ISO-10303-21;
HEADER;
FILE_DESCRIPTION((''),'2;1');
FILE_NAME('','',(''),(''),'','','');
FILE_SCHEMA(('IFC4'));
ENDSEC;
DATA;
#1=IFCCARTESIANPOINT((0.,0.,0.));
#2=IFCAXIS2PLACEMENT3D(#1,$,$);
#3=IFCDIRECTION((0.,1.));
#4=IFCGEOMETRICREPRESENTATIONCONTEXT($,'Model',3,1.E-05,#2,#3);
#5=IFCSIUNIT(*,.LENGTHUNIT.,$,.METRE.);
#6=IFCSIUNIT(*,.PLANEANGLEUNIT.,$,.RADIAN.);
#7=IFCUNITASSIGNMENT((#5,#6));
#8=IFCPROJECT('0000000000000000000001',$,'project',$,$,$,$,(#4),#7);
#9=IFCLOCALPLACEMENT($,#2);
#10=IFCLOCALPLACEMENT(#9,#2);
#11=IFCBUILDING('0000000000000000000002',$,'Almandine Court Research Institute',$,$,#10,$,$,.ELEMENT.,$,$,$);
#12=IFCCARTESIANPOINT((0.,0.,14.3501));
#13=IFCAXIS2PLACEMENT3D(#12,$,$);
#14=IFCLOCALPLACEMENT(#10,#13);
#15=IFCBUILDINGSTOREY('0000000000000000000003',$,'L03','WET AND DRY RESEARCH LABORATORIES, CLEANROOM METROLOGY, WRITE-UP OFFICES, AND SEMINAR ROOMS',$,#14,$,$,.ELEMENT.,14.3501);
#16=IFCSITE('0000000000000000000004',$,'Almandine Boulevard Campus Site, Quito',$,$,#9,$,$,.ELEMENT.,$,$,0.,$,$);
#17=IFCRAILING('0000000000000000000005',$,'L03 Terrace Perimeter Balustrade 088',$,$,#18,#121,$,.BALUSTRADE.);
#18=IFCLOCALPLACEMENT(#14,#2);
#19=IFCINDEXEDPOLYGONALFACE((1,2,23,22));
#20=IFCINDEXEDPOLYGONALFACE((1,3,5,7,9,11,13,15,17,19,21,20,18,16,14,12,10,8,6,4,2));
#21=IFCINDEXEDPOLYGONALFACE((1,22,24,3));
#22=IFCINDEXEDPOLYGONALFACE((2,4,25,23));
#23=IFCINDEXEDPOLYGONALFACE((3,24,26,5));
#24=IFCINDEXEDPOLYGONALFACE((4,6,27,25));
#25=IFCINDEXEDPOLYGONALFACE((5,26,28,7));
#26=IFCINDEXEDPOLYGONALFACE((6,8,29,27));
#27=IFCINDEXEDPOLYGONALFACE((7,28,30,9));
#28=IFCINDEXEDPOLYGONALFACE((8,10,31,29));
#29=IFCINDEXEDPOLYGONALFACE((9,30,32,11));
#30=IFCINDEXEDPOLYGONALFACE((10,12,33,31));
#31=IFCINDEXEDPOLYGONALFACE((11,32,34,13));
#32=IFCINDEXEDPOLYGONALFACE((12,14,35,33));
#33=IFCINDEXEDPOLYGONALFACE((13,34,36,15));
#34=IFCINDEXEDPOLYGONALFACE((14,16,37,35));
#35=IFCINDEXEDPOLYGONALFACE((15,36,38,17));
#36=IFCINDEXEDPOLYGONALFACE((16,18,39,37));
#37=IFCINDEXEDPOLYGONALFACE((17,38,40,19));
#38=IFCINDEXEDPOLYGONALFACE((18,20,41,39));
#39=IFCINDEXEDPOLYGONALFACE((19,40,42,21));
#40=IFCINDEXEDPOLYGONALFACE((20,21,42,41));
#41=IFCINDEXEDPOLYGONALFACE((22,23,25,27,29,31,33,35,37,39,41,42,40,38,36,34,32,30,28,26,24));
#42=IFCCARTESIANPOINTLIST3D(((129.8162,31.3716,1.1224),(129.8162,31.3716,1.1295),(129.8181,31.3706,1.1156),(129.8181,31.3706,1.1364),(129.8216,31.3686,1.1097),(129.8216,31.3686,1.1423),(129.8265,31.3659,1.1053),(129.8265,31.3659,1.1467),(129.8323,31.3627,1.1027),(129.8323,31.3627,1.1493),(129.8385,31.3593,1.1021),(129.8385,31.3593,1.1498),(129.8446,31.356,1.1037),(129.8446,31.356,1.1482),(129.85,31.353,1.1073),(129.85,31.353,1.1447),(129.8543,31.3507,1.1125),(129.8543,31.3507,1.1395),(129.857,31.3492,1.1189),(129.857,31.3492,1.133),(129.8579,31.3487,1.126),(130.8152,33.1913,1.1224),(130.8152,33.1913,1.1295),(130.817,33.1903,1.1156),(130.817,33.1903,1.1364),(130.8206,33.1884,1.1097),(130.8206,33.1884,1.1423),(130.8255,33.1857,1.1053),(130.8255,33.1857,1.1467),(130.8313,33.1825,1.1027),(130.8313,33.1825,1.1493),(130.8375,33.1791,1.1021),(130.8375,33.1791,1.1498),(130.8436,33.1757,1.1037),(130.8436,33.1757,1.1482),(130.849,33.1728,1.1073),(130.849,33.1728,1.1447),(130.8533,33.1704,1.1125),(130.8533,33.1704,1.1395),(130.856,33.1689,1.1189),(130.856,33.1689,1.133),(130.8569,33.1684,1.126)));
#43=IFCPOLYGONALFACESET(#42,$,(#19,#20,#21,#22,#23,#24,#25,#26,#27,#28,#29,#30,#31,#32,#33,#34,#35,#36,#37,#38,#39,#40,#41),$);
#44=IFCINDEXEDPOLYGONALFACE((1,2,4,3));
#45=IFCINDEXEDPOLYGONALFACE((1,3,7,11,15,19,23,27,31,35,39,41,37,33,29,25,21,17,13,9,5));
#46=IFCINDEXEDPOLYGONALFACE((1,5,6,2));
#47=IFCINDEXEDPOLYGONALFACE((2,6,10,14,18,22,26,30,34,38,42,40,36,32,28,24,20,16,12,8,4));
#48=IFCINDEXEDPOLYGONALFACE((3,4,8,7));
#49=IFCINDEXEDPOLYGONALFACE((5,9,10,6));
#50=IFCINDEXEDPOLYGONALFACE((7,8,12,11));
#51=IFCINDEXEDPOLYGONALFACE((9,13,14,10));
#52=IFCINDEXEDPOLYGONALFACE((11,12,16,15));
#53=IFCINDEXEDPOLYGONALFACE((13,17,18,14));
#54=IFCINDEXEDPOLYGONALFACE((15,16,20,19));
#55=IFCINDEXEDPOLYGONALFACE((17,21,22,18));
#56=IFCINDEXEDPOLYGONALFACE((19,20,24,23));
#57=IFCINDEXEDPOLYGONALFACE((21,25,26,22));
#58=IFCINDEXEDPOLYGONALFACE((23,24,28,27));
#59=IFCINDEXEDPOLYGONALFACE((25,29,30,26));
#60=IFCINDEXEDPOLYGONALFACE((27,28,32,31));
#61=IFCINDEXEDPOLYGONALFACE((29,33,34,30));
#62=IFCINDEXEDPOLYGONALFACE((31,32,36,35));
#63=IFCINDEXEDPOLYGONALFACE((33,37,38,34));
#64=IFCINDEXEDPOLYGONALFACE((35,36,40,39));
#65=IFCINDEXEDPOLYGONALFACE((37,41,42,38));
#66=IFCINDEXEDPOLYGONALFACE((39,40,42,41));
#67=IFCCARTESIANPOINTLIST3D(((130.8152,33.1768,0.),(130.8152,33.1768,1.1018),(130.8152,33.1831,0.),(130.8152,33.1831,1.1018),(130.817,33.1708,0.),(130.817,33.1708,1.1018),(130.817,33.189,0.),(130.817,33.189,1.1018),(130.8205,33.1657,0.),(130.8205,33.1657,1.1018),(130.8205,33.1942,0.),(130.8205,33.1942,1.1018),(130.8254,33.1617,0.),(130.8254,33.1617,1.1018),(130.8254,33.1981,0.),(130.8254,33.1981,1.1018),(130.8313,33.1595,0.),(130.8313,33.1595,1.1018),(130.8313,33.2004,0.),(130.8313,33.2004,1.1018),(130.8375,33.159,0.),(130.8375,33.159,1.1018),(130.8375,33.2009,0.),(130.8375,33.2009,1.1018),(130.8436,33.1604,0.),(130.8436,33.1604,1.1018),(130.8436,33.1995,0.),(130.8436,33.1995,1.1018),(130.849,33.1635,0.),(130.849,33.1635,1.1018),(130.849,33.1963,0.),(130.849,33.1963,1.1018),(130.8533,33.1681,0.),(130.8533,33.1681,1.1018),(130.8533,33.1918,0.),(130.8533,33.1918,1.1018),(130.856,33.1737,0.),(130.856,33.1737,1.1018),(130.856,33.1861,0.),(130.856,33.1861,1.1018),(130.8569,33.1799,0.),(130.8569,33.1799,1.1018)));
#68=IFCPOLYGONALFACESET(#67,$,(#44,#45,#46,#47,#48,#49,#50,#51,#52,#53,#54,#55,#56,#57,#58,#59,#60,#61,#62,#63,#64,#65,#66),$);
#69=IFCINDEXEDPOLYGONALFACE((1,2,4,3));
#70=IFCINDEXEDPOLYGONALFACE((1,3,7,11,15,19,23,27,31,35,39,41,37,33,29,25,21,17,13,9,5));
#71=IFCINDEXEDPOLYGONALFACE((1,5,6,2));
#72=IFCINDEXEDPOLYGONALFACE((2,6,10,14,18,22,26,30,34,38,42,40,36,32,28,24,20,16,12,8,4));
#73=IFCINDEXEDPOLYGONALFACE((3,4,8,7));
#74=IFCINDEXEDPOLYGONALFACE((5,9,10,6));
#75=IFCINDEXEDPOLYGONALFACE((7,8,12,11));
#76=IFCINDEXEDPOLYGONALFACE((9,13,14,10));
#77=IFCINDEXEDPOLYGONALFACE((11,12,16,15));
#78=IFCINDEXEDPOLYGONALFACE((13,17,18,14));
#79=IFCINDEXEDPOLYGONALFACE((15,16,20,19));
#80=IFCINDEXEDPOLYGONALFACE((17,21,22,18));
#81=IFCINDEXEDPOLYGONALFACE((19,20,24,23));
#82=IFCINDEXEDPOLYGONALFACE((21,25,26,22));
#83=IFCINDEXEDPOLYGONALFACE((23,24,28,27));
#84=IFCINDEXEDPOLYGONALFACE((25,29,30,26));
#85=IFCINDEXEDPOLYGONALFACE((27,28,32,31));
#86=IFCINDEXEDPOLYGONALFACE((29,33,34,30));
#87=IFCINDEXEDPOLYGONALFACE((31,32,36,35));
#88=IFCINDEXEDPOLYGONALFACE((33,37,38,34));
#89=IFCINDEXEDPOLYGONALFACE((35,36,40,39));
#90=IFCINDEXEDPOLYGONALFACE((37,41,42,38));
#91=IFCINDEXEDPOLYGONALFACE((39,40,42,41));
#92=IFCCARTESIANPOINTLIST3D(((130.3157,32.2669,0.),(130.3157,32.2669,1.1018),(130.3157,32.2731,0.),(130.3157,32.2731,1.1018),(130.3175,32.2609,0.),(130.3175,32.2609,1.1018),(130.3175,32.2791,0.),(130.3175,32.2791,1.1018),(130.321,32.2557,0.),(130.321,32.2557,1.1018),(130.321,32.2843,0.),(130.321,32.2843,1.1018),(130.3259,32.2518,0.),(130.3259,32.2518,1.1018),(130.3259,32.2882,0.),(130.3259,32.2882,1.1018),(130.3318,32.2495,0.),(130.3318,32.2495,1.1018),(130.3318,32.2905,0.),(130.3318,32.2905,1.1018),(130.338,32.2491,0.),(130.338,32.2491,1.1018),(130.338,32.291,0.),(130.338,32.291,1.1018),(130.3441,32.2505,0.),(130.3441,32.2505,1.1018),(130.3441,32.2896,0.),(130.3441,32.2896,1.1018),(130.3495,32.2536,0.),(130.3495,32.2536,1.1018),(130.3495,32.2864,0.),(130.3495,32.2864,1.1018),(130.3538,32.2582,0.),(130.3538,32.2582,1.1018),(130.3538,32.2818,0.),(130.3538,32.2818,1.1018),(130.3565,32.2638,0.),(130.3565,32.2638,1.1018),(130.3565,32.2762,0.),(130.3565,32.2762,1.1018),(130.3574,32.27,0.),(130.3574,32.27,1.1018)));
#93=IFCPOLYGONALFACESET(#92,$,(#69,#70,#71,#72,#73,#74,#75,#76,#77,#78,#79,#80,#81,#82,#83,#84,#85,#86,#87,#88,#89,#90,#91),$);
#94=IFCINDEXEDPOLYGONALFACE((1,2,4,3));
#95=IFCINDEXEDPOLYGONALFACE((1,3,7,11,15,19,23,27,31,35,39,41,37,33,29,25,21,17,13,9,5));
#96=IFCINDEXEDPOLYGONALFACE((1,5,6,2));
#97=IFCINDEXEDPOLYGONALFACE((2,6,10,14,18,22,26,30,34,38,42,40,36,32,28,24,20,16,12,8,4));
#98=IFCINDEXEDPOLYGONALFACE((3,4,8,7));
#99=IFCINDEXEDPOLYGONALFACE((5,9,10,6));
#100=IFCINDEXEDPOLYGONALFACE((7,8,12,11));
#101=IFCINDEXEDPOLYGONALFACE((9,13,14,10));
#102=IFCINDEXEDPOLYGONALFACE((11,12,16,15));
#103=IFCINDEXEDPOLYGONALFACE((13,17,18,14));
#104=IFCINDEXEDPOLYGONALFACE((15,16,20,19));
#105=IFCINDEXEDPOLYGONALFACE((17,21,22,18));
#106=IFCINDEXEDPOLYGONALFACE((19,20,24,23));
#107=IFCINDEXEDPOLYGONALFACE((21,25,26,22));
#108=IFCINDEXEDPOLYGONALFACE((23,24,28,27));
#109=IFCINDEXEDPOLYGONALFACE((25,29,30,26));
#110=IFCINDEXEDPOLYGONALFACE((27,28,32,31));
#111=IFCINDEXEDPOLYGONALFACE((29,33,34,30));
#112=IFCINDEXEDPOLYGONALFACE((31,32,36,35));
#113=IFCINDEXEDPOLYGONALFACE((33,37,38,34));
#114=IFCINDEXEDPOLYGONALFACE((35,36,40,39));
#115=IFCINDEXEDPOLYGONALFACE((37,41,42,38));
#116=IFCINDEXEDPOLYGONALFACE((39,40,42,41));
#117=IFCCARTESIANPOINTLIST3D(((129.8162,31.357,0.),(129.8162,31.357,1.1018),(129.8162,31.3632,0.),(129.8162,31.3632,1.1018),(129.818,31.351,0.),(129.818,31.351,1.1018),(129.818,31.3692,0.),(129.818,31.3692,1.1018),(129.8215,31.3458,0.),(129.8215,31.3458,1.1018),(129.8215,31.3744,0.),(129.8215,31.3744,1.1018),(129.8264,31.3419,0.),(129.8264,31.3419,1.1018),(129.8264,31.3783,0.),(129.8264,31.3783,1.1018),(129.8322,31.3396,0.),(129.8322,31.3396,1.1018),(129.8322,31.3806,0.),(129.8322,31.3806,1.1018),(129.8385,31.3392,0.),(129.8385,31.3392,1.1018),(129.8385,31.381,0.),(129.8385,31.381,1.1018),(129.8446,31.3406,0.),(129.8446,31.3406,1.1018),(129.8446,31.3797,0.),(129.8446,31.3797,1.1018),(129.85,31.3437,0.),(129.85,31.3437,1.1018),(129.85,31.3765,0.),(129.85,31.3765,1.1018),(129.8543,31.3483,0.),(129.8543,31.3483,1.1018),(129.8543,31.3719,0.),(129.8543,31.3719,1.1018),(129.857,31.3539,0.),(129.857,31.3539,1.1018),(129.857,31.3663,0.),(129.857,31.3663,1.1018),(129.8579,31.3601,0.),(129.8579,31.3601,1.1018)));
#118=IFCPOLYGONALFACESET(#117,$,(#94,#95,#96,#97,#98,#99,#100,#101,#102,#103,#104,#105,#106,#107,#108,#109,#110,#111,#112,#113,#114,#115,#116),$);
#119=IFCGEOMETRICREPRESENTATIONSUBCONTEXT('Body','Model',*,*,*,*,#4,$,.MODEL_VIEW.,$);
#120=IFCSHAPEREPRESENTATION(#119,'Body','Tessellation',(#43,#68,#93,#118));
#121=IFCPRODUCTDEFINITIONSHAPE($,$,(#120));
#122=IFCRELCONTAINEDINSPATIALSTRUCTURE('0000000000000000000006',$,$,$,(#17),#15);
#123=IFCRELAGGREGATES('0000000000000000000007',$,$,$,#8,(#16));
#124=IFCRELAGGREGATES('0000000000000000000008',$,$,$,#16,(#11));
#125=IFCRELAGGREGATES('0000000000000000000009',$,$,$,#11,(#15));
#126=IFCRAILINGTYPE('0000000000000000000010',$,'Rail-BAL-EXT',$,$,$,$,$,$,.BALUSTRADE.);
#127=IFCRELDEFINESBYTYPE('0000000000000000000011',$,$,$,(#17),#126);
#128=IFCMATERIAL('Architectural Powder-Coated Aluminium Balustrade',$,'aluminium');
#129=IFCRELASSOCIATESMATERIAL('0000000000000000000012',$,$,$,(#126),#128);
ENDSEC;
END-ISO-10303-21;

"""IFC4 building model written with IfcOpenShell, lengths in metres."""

from ifc_helpers import new_model, si_unit, direction, frame, origin, origin_2d, place, context, subcontext, project, spatial, circle, extrude, material, type_object, element, save


model = new_model("IFC4")

# Units and contexts
model_context = context("Model", 3, precision=1e-05, world=origin(), true_north=direction((0.0, 1.0)))
body_context = subcontext(model_context, "Body", "Model", "MODEL_VIEW")
ifc_project = project(units=[si_unit("LENGTHUNIT", "METRE"), si_unit("PLANEANGLEUNIT", "RADIAN")], contexts=[model_context])

# Site, building, storey
site_placement = place(None, origin())
site = spatial("IfcSite", under=ifc_project, at=site_placement, Name="Almandine Boulevard Campus Site, Quito", CompositionType="ELEMENT", RefElevation=0.0)
building_placement = place(site_placement, origin())
building = spatial("IfcBuilding", under=site, at=building_placement, Name="Almandine Court Research Institute", CompositionType="ELEMENT")
storey_placement = place(building_placement, frame((0.0, 0.0, 14.3501)))
storey = spatial("IfcBuildingStorey", under=building, at=storey_placement, Name="L03", Description="WET AND DRY RESEARCH LABORATORIES, CLEANROOM METROLOGY, WRITE-UP OFFICES, AND SEMINAR ROOMS", CompositionType="ELEMENT", Elevation=14.3501)

# Railing
ifc_material_1 = material(Name="Architectural Powder-Coated Aluminium Balustrade", Category="aluminium")
railing_type = type_object("IfcRailingType", Name="Rail-BAL-EXT", PredefinedType="BALUSTRADE", material=ifc_material_1)
railing_1_placement = place(storey_placement, frame((130.8359, 33.1799, 0.0)))
element("IfcRailing", 1, at=railing_1_placement, inside=storey, type_object=railing_type, Name="L03 Terrace Perimeter Balustrade 088", PredefinedType="BALUSTRADE", context=body_context, shape_type="SweptSolid", body=[
    extrude(circle(Radius=0.0239, at=origin_2d()), frame((0.0, 0.0, 1.126), z_axis=(-0.481223, -0.876598, 0.0), x_axis=(0.876598, -0.481223, 0.0)), (0.0, 0.0, 1.0), 2.0759),
    extrude(circle(Radius=0.021, at=origin_2d()), origin(), (0.0, 0.0, 1.0), 1.1018),
    extrude(circle(Radius=0.021, at=origin_2d()), frame((-0.4995, -0.9099, 0.0)), (0.0, 0.0, 1.0), 1.1018),
    extrude(circle(Radius=0.021, at=origin_2d()), frame((-0.999, -1.8198, 0.0)), (0.0, 0.0, 1.0), 1.1018),
])

save(model, "model.ifc")
